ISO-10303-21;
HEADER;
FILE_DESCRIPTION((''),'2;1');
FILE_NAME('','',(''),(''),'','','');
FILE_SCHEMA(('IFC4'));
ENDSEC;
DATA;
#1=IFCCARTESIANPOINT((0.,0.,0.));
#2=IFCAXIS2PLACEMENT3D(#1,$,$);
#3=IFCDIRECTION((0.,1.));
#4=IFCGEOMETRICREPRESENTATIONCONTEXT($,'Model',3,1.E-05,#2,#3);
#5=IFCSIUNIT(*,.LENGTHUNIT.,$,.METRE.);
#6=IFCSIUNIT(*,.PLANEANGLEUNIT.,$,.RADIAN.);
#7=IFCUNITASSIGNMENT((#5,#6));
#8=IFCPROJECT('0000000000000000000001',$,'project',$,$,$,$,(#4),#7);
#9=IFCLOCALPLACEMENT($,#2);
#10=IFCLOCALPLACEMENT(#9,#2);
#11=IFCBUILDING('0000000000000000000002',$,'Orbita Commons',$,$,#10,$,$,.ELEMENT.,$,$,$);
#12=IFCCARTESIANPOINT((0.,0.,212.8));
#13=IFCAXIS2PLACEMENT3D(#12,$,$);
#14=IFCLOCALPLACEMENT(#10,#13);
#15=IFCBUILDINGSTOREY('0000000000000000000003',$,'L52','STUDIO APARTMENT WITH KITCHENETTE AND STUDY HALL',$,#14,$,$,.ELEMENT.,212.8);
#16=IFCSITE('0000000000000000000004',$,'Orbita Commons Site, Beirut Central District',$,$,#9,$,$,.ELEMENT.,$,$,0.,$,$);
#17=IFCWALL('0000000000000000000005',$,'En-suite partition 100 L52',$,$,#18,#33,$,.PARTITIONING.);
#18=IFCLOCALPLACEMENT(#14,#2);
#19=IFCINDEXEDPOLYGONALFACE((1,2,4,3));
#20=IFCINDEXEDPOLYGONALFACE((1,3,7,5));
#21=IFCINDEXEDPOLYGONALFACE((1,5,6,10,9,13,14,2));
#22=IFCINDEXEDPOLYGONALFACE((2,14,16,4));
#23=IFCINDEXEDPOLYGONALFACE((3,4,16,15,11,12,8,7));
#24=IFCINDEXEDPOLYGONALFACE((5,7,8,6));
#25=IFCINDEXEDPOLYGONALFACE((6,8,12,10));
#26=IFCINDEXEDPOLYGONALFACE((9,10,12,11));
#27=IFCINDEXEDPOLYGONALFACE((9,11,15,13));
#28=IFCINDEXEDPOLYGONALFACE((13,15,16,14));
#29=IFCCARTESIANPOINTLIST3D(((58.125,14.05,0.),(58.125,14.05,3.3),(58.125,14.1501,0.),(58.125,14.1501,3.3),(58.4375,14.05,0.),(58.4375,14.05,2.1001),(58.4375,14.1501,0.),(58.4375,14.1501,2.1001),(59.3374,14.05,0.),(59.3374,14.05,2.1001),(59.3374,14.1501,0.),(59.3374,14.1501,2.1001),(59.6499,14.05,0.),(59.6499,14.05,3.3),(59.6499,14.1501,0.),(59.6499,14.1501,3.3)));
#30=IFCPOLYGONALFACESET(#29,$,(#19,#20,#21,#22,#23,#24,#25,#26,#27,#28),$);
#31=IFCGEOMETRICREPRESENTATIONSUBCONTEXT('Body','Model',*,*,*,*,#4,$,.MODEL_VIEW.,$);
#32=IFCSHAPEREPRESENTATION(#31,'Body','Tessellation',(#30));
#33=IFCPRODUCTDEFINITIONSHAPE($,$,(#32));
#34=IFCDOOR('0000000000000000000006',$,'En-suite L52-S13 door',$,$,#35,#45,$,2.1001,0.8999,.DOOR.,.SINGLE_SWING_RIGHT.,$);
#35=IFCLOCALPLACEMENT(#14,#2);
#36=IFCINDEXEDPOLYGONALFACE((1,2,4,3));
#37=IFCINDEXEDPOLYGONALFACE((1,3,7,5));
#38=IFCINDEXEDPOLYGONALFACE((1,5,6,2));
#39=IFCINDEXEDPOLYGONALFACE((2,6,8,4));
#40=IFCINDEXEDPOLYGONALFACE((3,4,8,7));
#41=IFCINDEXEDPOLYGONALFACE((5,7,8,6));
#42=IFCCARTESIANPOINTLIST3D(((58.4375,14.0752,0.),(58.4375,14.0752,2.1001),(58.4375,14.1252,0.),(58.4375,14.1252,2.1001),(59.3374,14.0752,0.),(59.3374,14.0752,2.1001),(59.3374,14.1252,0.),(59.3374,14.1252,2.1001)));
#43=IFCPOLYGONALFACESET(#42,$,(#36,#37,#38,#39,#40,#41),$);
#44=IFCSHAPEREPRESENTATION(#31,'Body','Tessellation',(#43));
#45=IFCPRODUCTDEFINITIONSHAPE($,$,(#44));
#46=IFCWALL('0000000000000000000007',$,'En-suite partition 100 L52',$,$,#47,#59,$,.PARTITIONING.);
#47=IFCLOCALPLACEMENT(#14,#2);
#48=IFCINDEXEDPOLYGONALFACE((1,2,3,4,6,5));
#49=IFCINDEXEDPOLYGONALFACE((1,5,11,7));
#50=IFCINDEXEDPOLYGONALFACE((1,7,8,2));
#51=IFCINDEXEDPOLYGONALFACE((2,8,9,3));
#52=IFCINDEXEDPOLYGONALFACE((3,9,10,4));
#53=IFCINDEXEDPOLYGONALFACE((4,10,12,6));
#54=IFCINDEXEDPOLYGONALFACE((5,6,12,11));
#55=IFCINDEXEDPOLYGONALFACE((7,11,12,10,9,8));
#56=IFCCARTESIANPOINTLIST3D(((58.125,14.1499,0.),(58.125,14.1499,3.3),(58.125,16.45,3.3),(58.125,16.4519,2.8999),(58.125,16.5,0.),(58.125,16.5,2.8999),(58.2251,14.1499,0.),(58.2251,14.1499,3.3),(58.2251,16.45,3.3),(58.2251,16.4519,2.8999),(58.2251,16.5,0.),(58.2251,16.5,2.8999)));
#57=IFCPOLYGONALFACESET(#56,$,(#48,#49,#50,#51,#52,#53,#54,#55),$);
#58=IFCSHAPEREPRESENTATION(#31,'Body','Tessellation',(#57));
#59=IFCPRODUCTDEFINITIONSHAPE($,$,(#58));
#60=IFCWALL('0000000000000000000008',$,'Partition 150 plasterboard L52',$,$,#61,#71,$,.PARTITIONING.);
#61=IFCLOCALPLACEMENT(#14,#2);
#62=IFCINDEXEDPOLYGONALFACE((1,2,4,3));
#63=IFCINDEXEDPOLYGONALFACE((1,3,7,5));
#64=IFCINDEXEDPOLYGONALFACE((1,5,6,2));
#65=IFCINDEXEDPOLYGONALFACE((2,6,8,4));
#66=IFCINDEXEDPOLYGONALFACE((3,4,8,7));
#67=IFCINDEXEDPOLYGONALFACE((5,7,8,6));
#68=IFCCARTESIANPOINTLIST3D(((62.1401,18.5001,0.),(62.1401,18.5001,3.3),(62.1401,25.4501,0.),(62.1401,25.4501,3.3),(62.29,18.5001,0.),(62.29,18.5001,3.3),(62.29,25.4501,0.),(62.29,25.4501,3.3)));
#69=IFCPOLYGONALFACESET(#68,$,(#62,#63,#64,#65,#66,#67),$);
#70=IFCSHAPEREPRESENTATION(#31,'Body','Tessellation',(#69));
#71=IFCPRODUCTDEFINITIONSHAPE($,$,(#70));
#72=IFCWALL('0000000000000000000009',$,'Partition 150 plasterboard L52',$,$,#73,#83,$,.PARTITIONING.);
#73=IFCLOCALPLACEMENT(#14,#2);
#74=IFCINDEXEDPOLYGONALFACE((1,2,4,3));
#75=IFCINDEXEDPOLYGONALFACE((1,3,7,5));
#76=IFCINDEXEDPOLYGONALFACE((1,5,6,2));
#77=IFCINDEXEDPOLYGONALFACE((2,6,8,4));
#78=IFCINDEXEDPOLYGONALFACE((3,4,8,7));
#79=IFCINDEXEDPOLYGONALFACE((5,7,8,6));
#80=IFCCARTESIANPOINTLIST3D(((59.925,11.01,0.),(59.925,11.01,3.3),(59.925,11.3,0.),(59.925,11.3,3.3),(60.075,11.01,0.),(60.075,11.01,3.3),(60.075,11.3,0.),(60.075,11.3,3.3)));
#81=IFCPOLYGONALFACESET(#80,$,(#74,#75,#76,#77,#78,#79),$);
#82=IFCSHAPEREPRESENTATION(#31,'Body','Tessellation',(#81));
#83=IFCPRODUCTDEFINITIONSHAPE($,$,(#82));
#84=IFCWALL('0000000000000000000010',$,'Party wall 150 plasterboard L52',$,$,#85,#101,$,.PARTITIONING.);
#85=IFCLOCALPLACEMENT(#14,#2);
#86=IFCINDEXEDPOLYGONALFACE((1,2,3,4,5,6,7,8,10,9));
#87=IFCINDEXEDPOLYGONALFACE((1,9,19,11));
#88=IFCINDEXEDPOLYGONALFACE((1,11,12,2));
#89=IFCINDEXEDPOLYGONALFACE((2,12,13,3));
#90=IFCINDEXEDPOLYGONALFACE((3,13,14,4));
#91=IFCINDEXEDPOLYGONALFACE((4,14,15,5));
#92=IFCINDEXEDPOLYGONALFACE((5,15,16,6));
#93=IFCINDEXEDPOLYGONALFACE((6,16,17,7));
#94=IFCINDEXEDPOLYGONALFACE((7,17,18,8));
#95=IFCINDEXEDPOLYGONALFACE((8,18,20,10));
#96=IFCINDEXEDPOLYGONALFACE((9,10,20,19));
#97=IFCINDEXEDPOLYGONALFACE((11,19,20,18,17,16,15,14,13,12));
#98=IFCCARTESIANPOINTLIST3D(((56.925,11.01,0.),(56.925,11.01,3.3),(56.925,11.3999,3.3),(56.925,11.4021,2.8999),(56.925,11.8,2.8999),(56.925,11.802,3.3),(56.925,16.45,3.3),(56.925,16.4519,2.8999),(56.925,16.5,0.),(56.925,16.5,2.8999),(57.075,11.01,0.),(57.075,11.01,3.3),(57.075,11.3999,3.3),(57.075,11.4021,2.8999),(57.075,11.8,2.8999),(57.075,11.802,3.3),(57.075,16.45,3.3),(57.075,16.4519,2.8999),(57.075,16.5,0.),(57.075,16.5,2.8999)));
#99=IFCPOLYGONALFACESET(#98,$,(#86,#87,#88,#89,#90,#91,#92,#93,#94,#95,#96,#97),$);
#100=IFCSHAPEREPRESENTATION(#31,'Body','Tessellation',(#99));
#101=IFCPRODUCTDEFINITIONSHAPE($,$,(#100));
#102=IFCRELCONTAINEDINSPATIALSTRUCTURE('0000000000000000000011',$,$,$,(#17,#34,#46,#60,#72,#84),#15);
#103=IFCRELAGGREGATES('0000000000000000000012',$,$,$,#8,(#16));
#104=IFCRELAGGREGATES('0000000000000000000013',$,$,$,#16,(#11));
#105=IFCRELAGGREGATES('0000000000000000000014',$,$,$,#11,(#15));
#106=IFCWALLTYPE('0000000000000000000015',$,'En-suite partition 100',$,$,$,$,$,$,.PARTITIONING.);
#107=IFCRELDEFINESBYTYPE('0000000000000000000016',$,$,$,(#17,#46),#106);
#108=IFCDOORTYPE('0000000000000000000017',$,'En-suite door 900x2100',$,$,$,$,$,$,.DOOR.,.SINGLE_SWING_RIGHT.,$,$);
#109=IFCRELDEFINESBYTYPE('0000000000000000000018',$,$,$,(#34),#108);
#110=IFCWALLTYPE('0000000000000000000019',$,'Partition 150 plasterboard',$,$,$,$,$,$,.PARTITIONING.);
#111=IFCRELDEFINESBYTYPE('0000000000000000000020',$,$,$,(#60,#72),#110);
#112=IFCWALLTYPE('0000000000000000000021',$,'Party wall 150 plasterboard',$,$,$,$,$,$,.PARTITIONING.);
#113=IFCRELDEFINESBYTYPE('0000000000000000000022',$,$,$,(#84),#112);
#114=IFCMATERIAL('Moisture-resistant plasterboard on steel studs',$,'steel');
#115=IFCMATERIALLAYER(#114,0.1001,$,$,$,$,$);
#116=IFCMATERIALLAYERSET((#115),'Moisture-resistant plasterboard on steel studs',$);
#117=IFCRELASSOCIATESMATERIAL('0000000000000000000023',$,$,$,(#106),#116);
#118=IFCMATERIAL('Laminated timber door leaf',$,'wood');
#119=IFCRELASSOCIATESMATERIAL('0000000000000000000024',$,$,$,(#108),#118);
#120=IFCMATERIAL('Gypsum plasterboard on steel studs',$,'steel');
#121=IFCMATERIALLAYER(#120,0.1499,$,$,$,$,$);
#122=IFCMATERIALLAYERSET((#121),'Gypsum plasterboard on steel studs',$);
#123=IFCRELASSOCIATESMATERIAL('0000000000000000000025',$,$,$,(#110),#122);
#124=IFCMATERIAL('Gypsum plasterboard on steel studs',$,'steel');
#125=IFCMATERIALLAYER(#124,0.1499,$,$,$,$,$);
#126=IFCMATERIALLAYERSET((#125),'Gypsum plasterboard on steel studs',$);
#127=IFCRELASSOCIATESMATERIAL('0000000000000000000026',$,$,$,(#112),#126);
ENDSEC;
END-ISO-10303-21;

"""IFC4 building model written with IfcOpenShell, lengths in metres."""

from ifc_helpers import new_model, si_unit, direction, frame, frame_2d, origin, place, context, subcontext, project, spatial, polyline, rectangle, outline, extrude, material, layer, layer_set, type_object, element, fill, save


model = new_model("IFC4")

# Units and contexts
model_context = context("Model", 3, precision=1e-05, world=origin(), true_north=direction((0.0, 1.0)))
body_context = subcontext(model_context, "Body", "Model", "MODEL_VIEW")
ifc_project = project(units=[si_unit("LENGTHUNIT", "METRE"), si_unit("PLANEANGLEUNIT", "RADIAN")], contexts=[model_context])

# Site, building, storey
site_placement = place(None, origin())
site = spatial("IfcSite", under=ifc_project, at=site_placement, Name="Orbita Commons Site, Beirut Central District", CompositionType="ELEMENT", RefElevation=0.0)
building_placement = place(site_placement, origin())
building = spatial("IfcBuilding", under=site, at=building_placement, Name="Orbita Commons", CompositionType="ELEMENT")
storey_placement = place(building_placement, frame((0.0, 0.0, 212.8)))
storey = spatial("IfcBuildingStorey", under=building, at=storey_placement, Name="L52", Description="STUDIO APARTMENT WITH KITCHENETTE AND STUDY HALL", CompositionType="ELEMENT", Elevation=212.8)

# Wall, opening, door
ifc_material_1 = material(Name="Moisture-resistant plasterboard on steel studs", Category="steel")
ifc_layer_1 = layer(ifc_material_1, 0.1001)
ifc_layer_set_1 = layer_set([ifc_layer_1], Name="Moisture-resistant plasterboard on steel studs")
wall_type_1 = type_object("IfcWallType", Name="En-suite partition 100", PredefinedType="PARTITIONING", material=ifc_layer_set_1)
wall_1_placement = place(storey_placement, frame((59.6499, 14.1001, 0.0), z_axis=(0.0, 0.0, 1.0), x_axis=(-1.0, 0.0, 0.0)))
wall_1 = element("IfcWall", 1, at=wall_1_placement, inside=storey, type_object=wall_type_1, Name="En-suite partition 100 L52", PredefinedType="PARTITIONING", context=body_context, shape_type="SweptSolid", body=[
    extrude(rectangle(XDim=1.5249, YDim=0.1001, at=frame_2d((0.7625, 0.0))), origin(), (0.0, 0.0, 1.0), 3.3),
])
opening_1_placement = place(wall_1_placement, frame((0.3125, 0.0, 0.0)))
opening_1 = element("IfcOpeningElement", 2, at=opening_1_placement, cuts=wall_1, PredefinedType="OPENING", context=body_context, shape_type="SweptSolid", body=[
    extrude(rectangle(XDim=0.8999, YDim=2.1001, at=frame_2d((0.45, 1.05))), frame((0.0, 0.0601, 0.0), z_axis=(0.0, -1.0, 0.0), x_axis=(1.0, 0.0, 0.0)), (0.0, 0.0, 1.0), 0.1201),
])
ifc_material_2 = material(Name="Laminated timber door leaf", Category="wood")
door_type_1 = type_object("IfcDoorType", Name="En-suite door 900x2100", OperationType="SINGLE_SWING_RIGHT", PredefinedType="DOOR", material=ifc_material_2)
door_1_placement = place(opening_1_placement, origin())
door_1 = element("IfcDoor", 3, at=door_1_placement, inside=storey, type_object=door_type_1, Name="En-suite L52-S13 door", OperationType="SINGLE_SWING_RIGHT", OverallHeight=2.1001, OverallWidth=0.8999, PredefinedType="DOOR", context=body_context, shape_type="SweptSolid", body=[
    extrude(rectangle(XDim=0.8999, YDim=2.1001, at=frame_2d((0.45, 1.05))), frame((0.0, 0.0249, 0.0), z_axis=(0.0, -1.0, 0.0), x_axis=(1.0, 0.0, 0.0)), (0.0, 0.0, 1.0), 0.05),
])
fill(opening_1, door_1)

# Walls
wall_2_placement = place(storey_placement, frame((58.175, 14.1499, 0.0), z_axis=(0.0, 0.0, 1.0), x_axis=(0.0, 1.0, 0.0)))
element("IfcWall", 4, at=wall_2_placement, inside=storey, type_object=wall_type_1, Name="En-suite partition 100 L52", PredefinedType="PARTITIONING", context=body_context, shape_type="SweptSolid", body=[
    extrude(outline(polyline([(0.0, 0.0), (2.3501, 0.0), (2.3501, 2.8999), (2.302, 2.8999), (2.3, 3.3), (0.0, 3.3), (0.0, 0.0)])), frame((0.0, 0.05, 0.0), z_axis=(0.0, -1.0, 0.0), x_axis=(1.0, 0.0, 0.0)), (0.0, 0.0, 1.0), 0.1001),
])
ifc_material_3 = material(Name="Gypsum plasterboard on steel studs", Category="steel")
ifc_layer_2 = layer(ifc_material_3, 0.1499)
ifc_layer_set_2 = layer_set([ifc_layer_2], Name="Gypsum plasterboard on steel studs")
wall_type_2 = type_object("IfcWallType", Name="Partition 150 plasterboard", PredefinedType="PARTITIONING", material=ifc_layer_set_2)
wall_3_placement = place(storey_placement, frame((62.2151, 18.5, 0.0), z_axis=(0.0, 0.0, 1.0), x_axis=(0.0, 1.0, 0.0)))
element("IfcWall", 5, at=wall_3_placement, inside=storey, type_object=wall_type_2, Name="Partition 150 plasterboard L52", PredefinedType="PARTITIONING", context=body_context, shape_type="SweptSolid", body=[
    extrude(rectangle(XDim=6.95, YDim=0.1499, at=frame_2d((3.4751, 0.0))), origin(), (0.0, 0.0, 1.0), 3.3),
])
wall_4_placement = place(storey_placement, frame((60.0, 11.3, 0.0), z_axis=(0.0, 0.0, 1.0), x_axis=(0.0, -1.0, 0.0)))
element("IfcWall", 6, at=wall_4_placement, inside=storey, type_object=wall_type_2, Name="Partition 150 plasterboard L52", PredefinedType="PARTITIONING", context=body_context, shape_type="SweptSolid", body=[
    extrude(rectangle(XDim=0.29, YDim=0.1499, at=frame_2d((0.145, 0.0))), origin(), (0.0, 0.0, 1.0), 3.3),
])
ifc_material_4 = material(Name="Gypsum plasterboard on steel studs", Category="steel")
ifc_layer_3 = layer(ifc_material_4, 0.1499)
ifc_layer_set_3 = layer_set([ifc_layer_3], Name="Gypsum plasterboard on steel studs")
wall_type_3 = type_object("IfcWallType", Name="Party wall 150 plasterboard", PredefinedType="PARTITIONING", material=ifc_layer_set_3)
wall_5_placement = place(storey_placement, frame((57.0, 11.01, 0.0), z_axis=(0.0, 0.0, 1.0), x_axis=(0.0, 1.0, 0.0)))
element("IfcWall", 7, at=wall_5_placement, inside=storey, type_object=wall_type_3, Name="Party wall 150 plasterboard L52", PredefinedType="PARTITIONING", context=body_context, shape_type="SweptSolid", body=[
    extrude(outline(polyline([(0.0, 0.0), (5.49, 0.0), (5.49, 2.8999), (5.4419, 2.8999), (5.4399, 3.3), (0.792, 3.3), (0.79, 2.8999), (0.3921, 2.8999), (0.3899, 3.3), (0.0, 3.3), (0.0, 0.0)])), frame((0.0, 0.075, 0.0), z_axis=(0.0, -1.0, 0.0), x_axis=(1.0, 0.0, 0.0)), (0.0, 0.0, 1.0), 0.1499),
])

save(model, "model.ifc")
